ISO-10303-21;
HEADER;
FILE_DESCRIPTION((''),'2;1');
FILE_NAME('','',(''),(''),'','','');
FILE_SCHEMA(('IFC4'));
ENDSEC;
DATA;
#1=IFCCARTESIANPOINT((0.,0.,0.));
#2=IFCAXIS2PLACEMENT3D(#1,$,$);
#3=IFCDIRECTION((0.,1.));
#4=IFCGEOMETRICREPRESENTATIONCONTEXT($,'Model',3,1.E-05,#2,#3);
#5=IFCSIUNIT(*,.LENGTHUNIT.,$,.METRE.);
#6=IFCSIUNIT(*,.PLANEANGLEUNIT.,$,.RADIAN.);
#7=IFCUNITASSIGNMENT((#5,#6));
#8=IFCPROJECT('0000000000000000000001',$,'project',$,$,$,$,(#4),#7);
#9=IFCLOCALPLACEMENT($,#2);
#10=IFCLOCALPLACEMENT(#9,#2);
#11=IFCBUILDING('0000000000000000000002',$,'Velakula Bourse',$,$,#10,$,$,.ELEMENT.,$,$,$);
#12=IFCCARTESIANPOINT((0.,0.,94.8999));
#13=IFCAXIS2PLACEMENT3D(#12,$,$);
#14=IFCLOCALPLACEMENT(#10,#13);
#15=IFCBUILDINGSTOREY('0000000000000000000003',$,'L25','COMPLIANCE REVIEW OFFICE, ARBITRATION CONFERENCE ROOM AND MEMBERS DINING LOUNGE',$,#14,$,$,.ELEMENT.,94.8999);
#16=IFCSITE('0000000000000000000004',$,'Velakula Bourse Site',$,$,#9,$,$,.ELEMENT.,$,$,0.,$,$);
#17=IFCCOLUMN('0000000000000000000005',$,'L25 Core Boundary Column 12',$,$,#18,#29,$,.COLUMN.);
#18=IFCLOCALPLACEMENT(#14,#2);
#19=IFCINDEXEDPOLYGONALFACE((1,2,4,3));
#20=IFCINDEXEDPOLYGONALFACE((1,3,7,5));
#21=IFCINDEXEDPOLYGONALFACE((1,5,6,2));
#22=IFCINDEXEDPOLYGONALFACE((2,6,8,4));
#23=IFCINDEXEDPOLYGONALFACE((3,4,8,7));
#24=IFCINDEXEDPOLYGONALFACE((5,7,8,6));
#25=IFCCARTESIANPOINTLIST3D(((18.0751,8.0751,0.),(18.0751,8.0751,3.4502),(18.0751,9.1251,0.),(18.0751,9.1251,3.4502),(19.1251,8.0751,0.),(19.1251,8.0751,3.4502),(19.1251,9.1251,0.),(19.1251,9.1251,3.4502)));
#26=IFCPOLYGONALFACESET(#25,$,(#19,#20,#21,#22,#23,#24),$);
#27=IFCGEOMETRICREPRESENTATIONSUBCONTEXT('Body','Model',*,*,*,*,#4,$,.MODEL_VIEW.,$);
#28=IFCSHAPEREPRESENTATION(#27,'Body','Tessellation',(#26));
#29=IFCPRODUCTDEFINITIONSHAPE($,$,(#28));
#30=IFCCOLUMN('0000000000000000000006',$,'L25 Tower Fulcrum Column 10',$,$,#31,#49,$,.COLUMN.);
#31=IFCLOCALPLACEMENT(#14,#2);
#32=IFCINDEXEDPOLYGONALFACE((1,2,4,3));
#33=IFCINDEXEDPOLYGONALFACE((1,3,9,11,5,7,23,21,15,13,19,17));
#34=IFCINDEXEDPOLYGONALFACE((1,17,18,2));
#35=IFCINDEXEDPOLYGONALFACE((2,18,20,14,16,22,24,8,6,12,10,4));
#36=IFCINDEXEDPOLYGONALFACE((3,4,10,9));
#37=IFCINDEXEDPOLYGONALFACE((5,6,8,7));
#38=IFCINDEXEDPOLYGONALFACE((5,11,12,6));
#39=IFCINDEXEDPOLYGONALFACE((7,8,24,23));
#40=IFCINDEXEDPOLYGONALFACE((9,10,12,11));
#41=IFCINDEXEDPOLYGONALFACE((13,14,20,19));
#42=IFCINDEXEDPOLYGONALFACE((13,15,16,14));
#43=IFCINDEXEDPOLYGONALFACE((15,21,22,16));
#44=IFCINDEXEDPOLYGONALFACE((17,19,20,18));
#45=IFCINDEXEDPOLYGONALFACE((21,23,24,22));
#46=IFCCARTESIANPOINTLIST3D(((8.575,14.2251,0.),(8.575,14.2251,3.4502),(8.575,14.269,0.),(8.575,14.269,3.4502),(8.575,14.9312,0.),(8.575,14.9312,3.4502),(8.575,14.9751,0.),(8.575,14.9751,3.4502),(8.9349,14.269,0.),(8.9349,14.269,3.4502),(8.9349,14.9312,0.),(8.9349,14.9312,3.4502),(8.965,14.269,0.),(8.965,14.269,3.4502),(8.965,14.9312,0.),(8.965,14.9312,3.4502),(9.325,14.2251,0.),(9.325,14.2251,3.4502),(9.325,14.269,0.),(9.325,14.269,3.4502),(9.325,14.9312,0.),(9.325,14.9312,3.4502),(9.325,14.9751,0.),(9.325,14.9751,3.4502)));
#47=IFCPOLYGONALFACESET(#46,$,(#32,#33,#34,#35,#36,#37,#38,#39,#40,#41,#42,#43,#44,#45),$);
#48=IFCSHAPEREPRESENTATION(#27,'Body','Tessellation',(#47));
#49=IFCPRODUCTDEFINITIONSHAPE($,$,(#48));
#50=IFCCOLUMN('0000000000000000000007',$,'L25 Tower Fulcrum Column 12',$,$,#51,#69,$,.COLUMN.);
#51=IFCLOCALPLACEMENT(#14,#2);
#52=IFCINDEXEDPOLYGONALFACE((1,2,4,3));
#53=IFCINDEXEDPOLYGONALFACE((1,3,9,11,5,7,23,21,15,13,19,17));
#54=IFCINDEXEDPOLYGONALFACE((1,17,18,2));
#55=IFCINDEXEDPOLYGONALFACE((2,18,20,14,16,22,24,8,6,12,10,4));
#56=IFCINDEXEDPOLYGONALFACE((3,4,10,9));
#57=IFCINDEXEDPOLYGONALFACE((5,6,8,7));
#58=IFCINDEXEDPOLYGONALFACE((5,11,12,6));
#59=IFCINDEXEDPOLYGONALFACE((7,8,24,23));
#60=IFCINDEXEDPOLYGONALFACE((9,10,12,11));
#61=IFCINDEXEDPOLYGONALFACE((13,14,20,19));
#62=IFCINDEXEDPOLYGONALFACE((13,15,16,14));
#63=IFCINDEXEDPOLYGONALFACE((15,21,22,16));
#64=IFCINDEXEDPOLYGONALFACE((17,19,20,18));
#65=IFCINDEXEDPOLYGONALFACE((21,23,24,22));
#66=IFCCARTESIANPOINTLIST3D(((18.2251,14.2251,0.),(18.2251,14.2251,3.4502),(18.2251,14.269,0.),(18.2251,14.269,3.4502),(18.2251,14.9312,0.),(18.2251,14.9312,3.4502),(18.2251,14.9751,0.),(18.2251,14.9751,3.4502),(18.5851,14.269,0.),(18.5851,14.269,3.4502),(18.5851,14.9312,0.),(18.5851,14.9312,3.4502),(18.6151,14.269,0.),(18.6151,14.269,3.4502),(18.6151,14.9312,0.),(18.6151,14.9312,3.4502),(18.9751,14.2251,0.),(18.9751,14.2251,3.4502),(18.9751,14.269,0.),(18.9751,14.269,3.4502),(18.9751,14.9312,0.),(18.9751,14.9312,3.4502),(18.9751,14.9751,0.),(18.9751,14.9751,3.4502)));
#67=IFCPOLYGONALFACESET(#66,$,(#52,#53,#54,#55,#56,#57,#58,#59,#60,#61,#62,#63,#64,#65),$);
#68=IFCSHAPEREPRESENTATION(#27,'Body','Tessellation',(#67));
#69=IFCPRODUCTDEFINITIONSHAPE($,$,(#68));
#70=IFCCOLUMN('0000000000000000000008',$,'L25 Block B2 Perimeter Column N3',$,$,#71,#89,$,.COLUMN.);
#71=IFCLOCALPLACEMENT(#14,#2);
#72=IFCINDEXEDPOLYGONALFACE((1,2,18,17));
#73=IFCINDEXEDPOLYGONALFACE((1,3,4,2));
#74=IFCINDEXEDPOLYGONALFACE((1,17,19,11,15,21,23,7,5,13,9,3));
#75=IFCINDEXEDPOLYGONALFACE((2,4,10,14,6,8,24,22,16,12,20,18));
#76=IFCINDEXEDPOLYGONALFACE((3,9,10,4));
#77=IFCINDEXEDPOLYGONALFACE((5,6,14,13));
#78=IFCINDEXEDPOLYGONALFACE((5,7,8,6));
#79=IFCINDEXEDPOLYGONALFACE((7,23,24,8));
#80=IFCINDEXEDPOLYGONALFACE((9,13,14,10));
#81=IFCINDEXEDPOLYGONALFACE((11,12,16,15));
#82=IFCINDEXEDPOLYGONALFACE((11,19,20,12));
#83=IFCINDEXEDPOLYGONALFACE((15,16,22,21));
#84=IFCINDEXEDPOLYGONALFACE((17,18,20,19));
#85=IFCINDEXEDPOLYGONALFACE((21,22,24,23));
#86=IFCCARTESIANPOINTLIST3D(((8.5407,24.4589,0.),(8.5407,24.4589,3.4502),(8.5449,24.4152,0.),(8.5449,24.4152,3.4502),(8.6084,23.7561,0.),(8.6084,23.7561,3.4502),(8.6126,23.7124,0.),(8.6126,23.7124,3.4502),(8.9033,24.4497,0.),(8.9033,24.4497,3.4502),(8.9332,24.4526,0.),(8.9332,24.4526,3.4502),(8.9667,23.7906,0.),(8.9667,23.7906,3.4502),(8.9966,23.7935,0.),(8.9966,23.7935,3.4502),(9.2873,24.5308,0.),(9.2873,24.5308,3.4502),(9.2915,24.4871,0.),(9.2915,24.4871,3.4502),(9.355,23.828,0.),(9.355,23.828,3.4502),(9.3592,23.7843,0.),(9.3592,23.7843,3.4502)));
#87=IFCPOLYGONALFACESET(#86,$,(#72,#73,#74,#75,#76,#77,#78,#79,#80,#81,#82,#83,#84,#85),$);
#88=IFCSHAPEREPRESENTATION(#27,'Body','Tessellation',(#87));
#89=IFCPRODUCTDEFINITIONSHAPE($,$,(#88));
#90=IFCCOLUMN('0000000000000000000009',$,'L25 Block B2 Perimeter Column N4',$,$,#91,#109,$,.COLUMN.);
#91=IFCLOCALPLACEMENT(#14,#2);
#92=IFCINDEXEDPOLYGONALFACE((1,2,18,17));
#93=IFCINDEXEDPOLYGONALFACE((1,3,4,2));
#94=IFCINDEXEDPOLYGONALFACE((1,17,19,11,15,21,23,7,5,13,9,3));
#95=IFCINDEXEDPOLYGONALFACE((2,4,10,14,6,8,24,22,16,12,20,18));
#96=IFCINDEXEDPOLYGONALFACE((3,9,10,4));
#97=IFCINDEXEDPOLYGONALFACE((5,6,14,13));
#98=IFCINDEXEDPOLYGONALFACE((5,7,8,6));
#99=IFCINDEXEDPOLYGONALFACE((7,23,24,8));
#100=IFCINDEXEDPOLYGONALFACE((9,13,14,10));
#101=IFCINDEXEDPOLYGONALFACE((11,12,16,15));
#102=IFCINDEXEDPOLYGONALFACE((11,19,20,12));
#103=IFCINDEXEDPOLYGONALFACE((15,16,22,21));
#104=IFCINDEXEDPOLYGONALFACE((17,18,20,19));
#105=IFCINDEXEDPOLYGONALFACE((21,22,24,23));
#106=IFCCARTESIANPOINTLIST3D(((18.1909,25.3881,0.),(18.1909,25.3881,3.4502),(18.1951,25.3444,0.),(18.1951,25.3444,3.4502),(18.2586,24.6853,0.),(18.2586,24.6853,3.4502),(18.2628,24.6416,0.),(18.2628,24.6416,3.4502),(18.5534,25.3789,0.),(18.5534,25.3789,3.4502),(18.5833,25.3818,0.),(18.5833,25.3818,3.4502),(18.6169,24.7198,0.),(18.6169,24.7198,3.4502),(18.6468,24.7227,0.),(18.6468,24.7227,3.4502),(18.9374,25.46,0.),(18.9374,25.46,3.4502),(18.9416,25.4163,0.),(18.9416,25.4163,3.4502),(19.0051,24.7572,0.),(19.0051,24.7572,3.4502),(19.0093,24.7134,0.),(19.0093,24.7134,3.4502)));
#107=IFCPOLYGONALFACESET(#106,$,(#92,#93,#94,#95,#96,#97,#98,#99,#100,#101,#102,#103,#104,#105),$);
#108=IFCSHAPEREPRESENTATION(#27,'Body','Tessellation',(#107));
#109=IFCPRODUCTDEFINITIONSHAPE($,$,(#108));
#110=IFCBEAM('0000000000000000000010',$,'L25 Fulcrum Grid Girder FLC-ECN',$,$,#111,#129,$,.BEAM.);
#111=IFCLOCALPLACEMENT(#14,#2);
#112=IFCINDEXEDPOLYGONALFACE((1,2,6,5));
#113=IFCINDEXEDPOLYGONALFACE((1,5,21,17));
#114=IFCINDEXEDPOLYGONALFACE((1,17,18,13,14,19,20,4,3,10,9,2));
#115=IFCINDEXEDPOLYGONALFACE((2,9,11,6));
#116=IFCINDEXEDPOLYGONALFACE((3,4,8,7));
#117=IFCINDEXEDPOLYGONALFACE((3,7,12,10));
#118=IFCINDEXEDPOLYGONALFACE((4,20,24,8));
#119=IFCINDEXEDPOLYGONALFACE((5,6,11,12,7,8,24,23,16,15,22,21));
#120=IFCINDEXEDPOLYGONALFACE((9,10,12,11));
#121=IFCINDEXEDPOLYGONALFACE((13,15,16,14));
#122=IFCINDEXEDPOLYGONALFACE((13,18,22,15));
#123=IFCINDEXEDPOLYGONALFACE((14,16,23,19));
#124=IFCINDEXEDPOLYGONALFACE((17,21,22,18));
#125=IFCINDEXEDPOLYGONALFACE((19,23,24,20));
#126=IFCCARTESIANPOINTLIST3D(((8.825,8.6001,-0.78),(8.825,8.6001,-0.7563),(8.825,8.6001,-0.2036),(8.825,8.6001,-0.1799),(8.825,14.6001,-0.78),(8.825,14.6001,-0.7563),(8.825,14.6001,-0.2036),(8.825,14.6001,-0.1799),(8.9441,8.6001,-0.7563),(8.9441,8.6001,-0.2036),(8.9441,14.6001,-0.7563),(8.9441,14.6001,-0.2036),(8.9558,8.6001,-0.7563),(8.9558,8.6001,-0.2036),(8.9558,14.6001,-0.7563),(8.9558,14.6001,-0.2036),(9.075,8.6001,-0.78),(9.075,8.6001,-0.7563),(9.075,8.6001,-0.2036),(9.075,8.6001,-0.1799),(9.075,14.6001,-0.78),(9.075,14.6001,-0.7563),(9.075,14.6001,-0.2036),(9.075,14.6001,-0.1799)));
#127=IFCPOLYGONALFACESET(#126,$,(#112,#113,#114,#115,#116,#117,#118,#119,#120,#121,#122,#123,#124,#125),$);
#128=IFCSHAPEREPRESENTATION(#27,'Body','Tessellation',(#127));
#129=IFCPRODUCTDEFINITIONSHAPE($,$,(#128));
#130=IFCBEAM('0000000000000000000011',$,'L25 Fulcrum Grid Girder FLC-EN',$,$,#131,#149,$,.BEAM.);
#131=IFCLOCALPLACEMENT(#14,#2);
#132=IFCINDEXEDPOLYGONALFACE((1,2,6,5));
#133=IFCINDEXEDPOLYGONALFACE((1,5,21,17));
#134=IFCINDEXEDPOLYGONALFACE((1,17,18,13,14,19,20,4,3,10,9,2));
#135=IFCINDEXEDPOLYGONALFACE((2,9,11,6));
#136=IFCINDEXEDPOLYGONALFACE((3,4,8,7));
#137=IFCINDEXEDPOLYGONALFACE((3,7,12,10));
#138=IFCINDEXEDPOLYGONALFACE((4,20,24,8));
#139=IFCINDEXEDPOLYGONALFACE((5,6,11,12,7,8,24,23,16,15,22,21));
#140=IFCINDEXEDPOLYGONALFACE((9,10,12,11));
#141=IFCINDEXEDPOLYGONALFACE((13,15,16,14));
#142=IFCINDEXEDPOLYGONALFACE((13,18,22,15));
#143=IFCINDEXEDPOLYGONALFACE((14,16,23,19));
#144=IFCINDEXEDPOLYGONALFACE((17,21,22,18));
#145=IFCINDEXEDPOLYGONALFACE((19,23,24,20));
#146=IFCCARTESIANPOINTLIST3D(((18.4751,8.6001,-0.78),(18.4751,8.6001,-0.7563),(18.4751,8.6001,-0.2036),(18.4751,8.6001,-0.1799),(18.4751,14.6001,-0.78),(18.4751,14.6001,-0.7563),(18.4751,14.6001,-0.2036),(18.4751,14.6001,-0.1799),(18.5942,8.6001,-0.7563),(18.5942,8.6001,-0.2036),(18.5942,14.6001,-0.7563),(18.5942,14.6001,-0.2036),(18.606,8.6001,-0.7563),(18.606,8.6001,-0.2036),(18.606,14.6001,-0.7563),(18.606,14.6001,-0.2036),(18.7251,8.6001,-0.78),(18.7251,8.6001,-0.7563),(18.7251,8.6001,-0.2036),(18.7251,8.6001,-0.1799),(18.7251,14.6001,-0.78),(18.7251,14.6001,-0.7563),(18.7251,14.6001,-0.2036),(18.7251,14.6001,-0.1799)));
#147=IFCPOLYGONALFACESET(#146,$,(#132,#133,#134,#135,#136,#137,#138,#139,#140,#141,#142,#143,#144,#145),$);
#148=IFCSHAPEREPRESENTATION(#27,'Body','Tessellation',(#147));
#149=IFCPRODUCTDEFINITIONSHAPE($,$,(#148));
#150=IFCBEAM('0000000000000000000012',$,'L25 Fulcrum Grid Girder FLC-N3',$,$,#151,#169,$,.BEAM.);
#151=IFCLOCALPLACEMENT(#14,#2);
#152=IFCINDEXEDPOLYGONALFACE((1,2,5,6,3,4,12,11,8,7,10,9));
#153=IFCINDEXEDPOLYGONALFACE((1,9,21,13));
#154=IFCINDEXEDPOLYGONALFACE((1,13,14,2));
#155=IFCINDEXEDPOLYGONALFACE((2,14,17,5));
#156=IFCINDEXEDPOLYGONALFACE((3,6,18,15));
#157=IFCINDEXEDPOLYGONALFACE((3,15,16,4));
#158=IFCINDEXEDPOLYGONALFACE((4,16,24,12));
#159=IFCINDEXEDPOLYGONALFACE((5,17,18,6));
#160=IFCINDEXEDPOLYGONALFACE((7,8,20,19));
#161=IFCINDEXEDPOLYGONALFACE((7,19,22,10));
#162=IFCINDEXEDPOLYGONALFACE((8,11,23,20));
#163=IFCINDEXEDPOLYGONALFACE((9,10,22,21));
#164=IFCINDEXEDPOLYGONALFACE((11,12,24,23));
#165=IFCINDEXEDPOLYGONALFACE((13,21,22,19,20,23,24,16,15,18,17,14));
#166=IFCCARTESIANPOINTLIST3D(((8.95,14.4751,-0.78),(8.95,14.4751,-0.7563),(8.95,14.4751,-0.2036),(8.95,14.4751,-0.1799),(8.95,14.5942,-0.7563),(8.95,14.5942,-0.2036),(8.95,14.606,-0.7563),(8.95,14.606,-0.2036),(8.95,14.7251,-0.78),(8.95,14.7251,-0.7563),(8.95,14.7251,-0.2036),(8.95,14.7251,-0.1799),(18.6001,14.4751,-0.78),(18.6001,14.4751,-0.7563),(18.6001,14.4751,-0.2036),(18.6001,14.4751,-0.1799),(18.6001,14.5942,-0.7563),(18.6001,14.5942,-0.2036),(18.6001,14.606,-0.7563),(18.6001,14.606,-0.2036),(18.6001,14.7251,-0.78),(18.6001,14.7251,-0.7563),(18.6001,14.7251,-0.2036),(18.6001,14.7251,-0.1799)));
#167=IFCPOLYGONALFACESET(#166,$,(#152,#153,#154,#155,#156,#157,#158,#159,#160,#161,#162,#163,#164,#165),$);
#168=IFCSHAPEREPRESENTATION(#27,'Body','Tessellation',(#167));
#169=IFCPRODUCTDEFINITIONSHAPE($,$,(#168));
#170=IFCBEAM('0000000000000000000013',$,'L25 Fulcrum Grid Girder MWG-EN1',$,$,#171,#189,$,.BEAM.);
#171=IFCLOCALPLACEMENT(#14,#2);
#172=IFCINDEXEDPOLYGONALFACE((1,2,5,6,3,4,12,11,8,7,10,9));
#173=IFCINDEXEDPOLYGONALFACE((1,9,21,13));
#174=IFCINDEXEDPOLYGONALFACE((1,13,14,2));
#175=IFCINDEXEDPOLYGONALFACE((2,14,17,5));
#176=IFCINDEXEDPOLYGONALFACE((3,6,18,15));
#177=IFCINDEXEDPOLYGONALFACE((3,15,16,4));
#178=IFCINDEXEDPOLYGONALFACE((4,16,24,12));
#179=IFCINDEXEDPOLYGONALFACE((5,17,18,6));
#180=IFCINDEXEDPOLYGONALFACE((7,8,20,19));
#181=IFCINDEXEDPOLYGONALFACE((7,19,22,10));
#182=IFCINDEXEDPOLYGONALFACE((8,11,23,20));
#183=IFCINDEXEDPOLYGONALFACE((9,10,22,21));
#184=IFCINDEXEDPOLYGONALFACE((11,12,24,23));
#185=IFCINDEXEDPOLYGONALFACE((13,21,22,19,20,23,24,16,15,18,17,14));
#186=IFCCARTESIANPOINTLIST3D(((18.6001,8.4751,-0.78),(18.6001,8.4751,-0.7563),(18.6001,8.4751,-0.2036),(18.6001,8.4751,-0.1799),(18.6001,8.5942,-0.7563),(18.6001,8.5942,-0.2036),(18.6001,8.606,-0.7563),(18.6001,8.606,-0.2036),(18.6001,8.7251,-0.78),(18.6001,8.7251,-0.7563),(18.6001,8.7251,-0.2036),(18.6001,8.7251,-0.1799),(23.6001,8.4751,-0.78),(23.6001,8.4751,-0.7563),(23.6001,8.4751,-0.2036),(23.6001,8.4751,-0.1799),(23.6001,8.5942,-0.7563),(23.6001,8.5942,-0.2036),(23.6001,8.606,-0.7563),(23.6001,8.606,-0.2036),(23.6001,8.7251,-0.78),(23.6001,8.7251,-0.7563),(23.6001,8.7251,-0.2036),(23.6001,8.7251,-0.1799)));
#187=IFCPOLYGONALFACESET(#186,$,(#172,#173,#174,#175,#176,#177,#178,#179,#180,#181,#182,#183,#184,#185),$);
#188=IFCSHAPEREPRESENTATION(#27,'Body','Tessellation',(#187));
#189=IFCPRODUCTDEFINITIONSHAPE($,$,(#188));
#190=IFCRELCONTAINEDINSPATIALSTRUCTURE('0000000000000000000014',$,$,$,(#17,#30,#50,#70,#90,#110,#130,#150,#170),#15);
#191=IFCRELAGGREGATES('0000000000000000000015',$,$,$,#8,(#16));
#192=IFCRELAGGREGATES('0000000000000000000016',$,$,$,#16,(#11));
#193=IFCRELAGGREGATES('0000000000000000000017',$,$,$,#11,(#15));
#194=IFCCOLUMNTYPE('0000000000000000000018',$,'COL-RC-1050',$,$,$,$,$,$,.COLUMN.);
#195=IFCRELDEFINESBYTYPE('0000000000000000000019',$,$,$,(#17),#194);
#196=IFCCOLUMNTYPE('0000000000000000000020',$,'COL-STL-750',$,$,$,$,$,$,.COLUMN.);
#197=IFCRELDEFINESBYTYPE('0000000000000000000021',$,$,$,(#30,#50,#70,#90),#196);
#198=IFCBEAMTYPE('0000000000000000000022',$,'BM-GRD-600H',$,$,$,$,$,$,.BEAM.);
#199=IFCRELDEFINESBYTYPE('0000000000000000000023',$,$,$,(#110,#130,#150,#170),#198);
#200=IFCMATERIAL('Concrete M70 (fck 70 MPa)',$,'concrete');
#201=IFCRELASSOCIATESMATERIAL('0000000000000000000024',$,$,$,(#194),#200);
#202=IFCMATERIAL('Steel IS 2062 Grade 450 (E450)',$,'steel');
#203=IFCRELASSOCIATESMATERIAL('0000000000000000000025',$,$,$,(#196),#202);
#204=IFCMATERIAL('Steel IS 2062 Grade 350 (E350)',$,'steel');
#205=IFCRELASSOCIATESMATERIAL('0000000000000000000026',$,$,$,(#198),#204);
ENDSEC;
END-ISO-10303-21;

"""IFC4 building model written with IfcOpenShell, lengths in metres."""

from ifc_helpers import new_model, si_unit, direction, frame, origin, origin_2d, place, context, subcontext, project, spatial, rectangle, i_section, extrude, material, material_profile, profile_set, type_object, element, save


model = new_model("IFC4")

# Units and contexts
model_context = context("Model", 3, precision=1e-05, world=origin(), true_north=direction((0.0, 1.0)))
body_context = subcontext(model_context, "Body", "Model", "MODEL_VIEW")
ifc_project = project(units=[si_unit("LENGTHUNIT", "METRE"), si_unit("PLANEANGLEUNIT", "RADIAN")], contexts=[model_context])

# Site, building, storey
site_placement = place(None, origin())
site = spatial("IfcSite", under=ifc_project, at=site_placement, Name="Velakula Bourse Site", CompositionType="ELEMENT", RefElevation=0.0)
building_placement = place(site_placement, origin())
building = spatial("IfcBuilding", under=site, at=building_placement, Name="Velakula Bourse", CompositionType="ELEMENT")
storey_placement = place(building_placement, frame((0.0, 0.0, 94.8999)))
storey = spatial("IfcBuildingStorey", under=building, at=storey_placement, Name="L25", Description="COMPLIANCE REVIEW OFFICE, ARBITRATION CONFERENCE ROOM AND MEMBERS DINING LOUNGE", CompositionType="ELEMENT", Elevation=94.8999)

# Columns
ifc_material_1 = material(Name="Concrete M70 (fck 70 MPa)", Category="concrete")
ifc_material_profile_1 = material_profile(ifc_material_1, rectangle(XDim=1.05, YDim=1.05, at=origin_2d()), Name="Concrete M70 (fck 70 MPa)")
ifc_profile_set_1 = profile_set([ifc_material_profile_1], Name="Concrete M70 (fck 70 MPa)")
column_type_1 = type_object("IfcColumnType", Name="COL-RC-1050", PredefinedType="COLUMN", material=ifc_profile_set_1)
column_placement = place(storey_placement, frame((18.6001, 8.6001, 0.0), z_axis=(0.0, 0.0, 1.0), x_axis=(1.0, 0.0, 0.0)))
element("IfcColumn", 1, at=column_placement, inside=storey, type_object=column_type_1, Name="L25 Core Boundary Column 12", PredefinedType="COLUMN", context=body_context, shape_type="SweptSolid", body=[
    extrude(rectangle(XDim=1.05, YDim=1.05, at=origin_2d()), origin(), (0.0, 0.0, 1.0), 3.4502),
])
ifc_material_2 = material(Name="Steel IS 2062 Grade 450 (E450)", Category="steel")
ifc_material_profile_2 = material_profile(ifc_material_2, i_section(OverallWidth=0.75, OverallDepth=0.75, WebThickness=0.03, FlangeThickness=0.0439, at=origin_2d()), Name="Steel IS 2062 Grade 450 (E450)")
ifc_profile_set_2 = profile_set([ifc_material_profile_2], Name="Steel IS 2062 Grade 450 (E450)")
column_type_2 = type_object("IfcColumnType", Name="COL-STL-750", PredefinedType="COLUMN", material=ifc_profile_set_2)
for number, where, z_axis, x_axis, name in (
    (2, (8.95, 14.6001, 0.0), (0.0, 0.0, 1.0), (1.0, 0.0, 0.0), "L25 Tower Fulcrum Column 10"),
    (3, (18.6001, 14.6001, 0.0), (0.0, 0.0, 1.0), (1.0, 0.0, 0.0), "L25 Tower Fulcrum Column 12"),
    (4, (8.95, 24.1216, 0.0), (0.0, 0.0, 1.0), (0.995396, 0.095846, 0.0), "L25 Block B2 Perimeter Column N3"),
    (5, (18.6001, 25.0508, 0.0), (0.0, 0.0, 1.0), (0.995396, 0.095846, 0.0), "L25 Block B2 Perimeter Column N4"),
):
    element("IfcColumn", number, at=place(storey_placement, frame(where, z_axis=z_axis, x_axis=x_axis)), inside=storey, type_object=column_type_2, Name=name, PredefinedType="COLUMN", context=body_context, shape_type="SweptSolid", body=[
        extrude(i_section(OverallWidth=0.75, OverallDepth=0.75, WebThickness=0.03, FlangeThickness=0.0439, at=origin_2d()), origin(), (0.0, 0.0, 1.0), 3.4502),
    ])

# Beams
ifc_material_3 = material(Name="Steel IS 2062 Grade 350 (E350)", Category="steel")
ifc_material_profile_3 = material_profile(ifc_material_3, i_section(OverallWidth=0.25, OverallDepth=0.6001, WebThickness=0.0117, FlangeThickness=0.0237, at=origin_2d()), Name="Steel IS 2062 Grade 350 (E350)")
ifc_profile_set_3 = profile_set([ifc_material_profile_3], Name="Steel IS 2062 Grade 350 (E350)")
beam_type_1 = type_object("IfcBeamType", Name="BM-GRD-600H", PredefinedType="BEAM", material=ifc_profile_set_3)
for number, where, z_axis, x_axis, name in (
    (6, (8.95, 8.6001, -0.48), (0.0, 1.0, 0.0), (-1.0, 0.0, 0.0), "L25 Fulcrum Grid Girder FLC-ECN"),
    (7, (18.6001, 8.6001, -0.48), (0.0, 1.0, 0.0), (-1.0, 0.0, 0.0), "L25 Fulcrum Grid Girder FLC-EN"),
):
    element("IfcBeam", number, at=place(storey_placement, frame(where, z_axis=z_axis, x_axis=x_axis)), inside=storey, type_object=beam_type_1, Name=name, PredefinedType="BEAM", context=body_context, shape_type="SweptSolid", body=[
        extrude(i_section(OverallWidth=0.25, OverallDepth=0.6001, WebThickness=0.0117, FlangeThickness=0.0237, at=origin_2d()), origin(), (0.0, 0.0, 1.0), 6.0),
    ])
beam_1_placement = place(storey_placement, frame((8.95, 14.6001, -0.48), z_axis=(1.0, 0.0, 0.0), x_axis=(0.0, 1.0, 0.0)))
element("IfcBeam", 8, at=beam_1_placement, inside=storey, type_object=beam_type_1, Name="L25 Fulcrum Grid Girder FLC-N3", PredefinedType="BEAM", context=body_context, shape_type="SweptSolid", body=[
    extrude(i_section(OverallWidth=0.25, OverallDepth=0.6001, WebThickness=0.0117, FlangeThickness=0.0237, at=origin_2d()), origin(), (0.0, 0.0, 1.0), 9.6501),
])
for number, where, z_axis, x_axis, name in (
    (9, (18.6001, 8.6001, -0.48), (1.0, 0.0, 0.0), (0.0, 1.0, 0.0), "L25 Fulcrum Grid Girder MWG-EN1"),
):
    element("IfcBeam", number, at=place(storey_placement, frame(where, z_axis=z_axis, x_axis=x_axis)), inside=storey, type_object=beam_type_1, Name=name, PredefinedType="BEAM", context=body_context, shape_type="SweptSolid", body=[
        extrude(i_section(OverallWidth=0.25, OverallDepth=0.6001, WebThickness=0.0117, FlangeThickness=0.0237, at=origin_2d()), origin(), (0.0, 0.0, 1.0), 5.0),
    ])

save(model, "model.ifc")
